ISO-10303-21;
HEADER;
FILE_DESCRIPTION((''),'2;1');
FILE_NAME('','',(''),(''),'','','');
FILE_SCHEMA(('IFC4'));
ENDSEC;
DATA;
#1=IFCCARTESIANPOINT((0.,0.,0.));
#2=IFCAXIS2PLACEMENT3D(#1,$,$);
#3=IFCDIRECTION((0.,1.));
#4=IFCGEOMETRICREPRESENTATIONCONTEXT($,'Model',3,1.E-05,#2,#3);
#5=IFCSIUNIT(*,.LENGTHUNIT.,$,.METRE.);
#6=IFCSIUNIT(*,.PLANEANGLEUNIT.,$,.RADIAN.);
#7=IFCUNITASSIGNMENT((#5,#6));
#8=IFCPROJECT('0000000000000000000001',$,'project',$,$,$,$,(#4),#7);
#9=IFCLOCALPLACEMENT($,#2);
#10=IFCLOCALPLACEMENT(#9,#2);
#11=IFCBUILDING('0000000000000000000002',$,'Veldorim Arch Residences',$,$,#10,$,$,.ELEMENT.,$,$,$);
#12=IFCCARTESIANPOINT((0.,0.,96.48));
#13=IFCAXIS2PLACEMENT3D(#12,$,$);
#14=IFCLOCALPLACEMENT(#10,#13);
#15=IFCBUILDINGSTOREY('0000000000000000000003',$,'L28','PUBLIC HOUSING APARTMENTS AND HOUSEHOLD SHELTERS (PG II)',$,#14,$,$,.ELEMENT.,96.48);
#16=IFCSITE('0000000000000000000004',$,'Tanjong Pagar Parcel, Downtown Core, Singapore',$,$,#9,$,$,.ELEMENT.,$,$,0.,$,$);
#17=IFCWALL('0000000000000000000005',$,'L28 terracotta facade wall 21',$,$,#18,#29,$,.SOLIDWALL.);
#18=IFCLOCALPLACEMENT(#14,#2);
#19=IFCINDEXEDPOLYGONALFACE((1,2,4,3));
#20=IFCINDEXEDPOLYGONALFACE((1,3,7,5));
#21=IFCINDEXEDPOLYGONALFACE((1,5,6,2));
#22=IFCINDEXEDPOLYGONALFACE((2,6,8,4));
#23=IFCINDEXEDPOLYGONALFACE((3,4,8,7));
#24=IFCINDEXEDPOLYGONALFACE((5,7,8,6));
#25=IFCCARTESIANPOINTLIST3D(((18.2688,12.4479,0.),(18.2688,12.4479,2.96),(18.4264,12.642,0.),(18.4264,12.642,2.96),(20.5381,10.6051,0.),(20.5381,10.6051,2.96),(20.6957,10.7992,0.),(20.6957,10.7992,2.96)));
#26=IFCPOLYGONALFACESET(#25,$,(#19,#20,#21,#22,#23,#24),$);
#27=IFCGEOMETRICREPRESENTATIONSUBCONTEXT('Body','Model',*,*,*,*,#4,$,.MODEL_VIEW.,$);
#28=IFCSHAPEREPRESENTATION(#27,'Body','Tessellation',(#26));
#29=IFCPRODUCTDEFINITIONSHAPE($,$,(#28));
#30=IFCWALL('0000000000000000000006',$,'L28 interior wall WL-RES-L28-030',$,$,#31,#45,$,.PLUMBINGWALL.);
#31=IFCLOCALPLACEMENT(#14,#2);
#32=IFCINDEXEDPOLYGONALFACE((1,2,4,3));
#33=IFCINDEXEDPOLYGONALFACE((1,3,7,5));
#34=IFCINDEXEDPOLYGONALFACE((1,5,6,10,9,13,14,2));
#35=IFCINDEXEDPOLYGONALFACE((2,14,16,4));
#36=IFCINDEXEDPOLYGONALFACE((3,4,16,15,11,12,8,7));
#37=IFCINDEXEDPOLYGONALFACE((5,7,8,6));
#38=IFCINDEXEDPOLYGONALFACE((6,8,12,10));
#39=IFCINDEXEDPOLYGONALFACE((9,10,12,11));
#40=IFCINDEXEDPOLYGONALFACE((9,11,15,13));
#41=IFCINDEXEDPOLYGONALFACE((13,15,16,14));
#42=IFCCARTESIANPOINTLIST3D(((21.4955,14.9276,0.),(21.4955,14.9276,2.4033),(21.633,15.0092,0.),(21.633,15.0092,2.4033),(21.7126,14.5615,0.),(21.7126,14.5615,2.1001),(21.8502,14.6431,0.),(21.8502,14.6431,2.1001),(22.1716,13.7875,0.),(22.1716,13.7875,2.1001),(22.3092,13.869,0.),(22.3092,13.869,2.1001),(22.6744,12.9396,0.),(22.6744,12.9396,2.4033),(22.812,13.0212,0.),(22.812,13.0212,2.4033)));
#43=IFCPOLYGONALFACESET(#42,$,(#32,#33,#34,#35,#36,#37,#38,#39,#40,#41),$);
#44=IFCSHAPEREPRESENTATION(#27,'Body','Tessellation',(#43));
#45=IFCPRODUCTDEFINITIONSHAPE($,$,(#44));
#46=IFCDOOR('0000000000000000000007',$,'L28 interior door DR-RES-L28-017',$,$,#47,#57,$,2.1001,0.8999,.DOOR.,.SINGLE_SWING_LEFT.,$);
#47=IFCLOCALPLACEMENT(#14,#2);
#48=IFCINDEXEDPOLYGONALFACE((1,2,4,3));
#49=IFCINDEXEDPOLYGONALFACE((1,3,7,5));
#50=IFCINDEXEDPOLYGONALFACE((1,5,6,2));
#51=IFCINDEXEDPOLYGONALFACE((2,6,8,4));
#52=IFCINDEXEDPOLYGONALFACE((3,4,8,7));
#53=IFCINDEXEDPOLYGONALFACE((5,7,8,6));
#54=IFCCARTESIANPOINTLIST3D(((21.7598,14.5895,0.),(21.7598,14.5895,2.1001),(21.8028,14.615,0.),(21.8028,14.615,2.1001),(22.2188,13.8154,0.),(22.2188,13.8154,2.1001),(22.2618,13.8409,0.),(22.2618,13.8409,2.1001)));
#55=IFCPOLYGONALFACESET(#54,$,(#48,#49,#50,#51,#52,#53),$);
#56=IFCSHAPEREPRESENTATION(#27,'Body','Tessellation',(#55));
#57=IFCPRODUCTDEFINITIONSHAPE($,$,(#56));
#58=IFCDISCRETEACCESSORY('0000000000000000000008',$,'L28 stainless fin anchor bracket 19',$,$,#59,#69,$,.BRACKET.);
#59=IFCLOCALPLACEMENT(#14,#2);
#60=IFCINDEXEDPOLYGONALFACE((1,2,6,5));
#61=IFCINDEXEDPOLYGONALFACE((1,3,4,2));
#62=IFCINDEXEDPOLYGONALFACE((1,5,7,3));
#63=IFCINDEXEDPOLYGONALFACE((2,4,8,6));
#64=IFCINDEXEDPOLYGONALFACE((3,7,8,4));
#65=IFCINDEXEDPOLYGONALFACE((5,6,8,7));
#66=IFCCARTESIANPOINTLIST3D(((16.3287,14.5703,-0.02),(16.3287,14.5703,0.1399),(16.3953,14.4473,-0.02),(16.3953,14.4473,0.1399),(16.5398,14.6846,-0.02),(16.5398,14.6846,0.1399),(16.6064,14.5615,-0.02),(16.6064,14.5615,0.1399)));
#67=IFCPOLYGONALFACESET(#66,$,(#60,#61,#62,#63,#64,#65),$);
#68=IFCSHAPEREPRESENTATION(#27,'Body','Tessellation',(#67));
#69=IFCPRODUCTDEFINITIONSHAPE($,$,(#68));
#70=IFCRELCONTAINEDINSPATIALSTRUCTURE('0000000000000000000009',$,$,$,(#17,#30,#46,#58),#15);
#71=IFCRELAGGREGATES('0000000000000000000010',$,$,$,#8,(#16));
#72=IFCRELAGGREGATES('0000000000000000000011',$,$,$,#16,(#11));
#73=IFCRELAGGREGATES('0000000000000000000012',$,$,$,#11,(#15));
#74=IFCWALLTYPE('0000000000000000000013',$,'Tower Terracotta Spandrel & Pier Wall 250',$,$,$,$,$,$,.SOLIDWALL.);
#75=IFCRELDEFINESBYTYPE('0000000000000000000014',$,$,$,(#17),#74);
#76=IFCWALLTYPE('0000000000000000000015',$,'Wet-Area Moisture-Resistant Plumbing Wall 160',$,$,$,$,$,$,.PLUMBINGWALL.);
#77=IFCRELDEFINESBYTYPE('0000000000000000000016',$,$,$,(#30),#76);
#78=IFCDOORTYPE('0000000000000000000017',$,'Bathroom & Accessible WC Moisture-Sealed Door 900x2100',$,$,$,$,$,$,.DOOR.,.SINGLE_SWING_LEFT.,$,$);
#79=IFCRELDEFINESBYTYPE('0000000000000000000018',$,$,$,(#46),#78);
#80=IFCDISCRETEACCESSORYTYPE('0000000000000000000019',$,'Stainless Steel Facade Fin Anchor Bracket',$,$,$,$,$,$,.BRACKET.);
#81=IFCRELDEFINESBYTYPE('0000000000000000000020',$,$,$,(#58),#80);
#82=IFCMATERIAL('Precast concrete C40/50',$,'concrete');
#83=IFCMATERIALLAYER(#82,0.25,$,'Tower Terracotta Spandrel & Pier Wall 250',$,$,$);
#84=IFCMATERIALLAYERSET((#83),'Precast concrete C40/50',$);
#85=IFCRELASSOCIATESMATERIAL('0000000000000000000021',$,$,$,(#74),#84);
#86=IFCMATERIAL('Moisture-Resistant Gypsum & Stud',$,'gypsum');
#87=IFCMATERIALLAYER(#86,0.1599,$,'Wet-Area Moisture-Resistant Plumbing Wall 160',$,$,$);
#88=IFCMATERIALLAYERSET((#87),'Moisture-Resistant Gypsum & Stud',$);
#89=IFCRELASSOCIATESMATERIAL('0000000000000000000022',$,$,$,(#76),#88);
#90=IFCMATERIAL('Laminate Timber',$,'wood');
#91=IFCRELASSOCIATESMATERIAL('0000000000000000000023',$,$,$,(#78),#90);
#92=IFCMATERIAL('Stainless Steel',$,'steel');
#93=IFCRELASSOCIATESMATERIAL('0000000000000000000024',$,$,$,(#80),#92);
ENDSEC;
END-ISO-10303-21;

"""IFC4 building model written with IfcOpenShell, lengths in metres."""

from ifc_helpers import new_model, si_unit, direction, frame, frame_2d, origin, origin_2d, place, context, subcontext, project, spatial, rectangle, extrude, material, layer, layer_set, type_object, element, fill, save


model = new_model("IFC4")

# Units and contexts
model_context = context("Model", 3, precision=1e-05, world=origin(), true_north=direction((0.0, 1.0)))
body_context = subcontext(model_context, "Body", "Model", "MODEL_VIEW")
ifc_project = project(units=[si_unit("LENGTHUNIT", "METRE"), si_unit("PLANEANGLEUNIT", "RADIAN")], contexts=[model_context])

# Site, building, storey
site_placement = place(None, origin())
site = spatial("IfcSite", under=ifc_project, at=site_placement, Name="Tanjong Pagar Parcel, Downtown Core, Singapore", CompositionType="ELEMENT", RefElevation=0.0)
building_placement = place(site_placement, origin())
building = spatial("IfcBuilding", under=site, at=building_placement, Name="Veldorim Arch Residences", CompositionType="ELEMENT")
storey_placement = place(building_placement, frame((0.0, 0.0, 96.48)))
storey = spatial("IfcBuildingStorey", under=building, at=storey_placement, Name="L28", Description="PUBLIC HOUSING APARTMENTS AND HOUSEHOLD SHELTERS (PG II)", CompositionType="ELEMENT", Elevation=96.48)

# Shared definitions
ifc_material_1 = material(Name="Precast concrete C40/50", Category="concrete")
ifc_layer_1 = layer(ifc_material_1, 0.25, Name="Tower Terracotta Spandrel & Pier Wall 250")
ifc_layer_set_1 = layer_set([ifc_layer_1], Name="Precast concrete C40/50")
wall_type_1 = type_object("IfcWallType", Name="Tower Terracotta Spandrel & Pier Wall 250", PredefinedType="SOLIDWALL", material=ifc_layer_set_1)

# Wall
wall_1_placement = place(storey_placement, frame((20.6169, 10.7021, 0.0), z_axis=(0.0, 0.0, 1.0), x_axis=(-0.776285, 0.630382, 0.0)))
element("IfcWall", 1, at=wall_1_placement, inside=storey, type_object=wall_type_1, Name="L28 terracotta facade wall 21", PredefinedType="SOLIDWALL", context=body_context, shape_type="SweptSolid", body=[
    extrude(rectangle(XDim=2.9233, YDim=0.25, at=frame_2d((1.4617, 0.0))), origin(), (0.0, 0.0, 1.0), 2.96),
])

# Wall, opening, door
ifc_material_2 = material(Name="Moisture-Resistant Gypsum & Stud", Category="gypsum")
ifc_layer_2 = layer(ifc_material_2, 0.1599, Name="Wet-Area Moisture-Resistant Plumbing Wall 160")
ifc_layer_set_2 = layer_set([ifc_layer_2], Name="Moisture-Resistant Gypsum & Stud")
wall_type_2 = type_object("IfcWallType", Name="Wet-Area Moisture-Resistant Plumbing Wall 160", PredefinedType="PLUMBINGWALL", material=ifc_layer_set_2)
wall_2_placement = place(storey_placement, frame((21.5642, 14.9685, 0.0), z_axis=(0.0, 0.0, 1.0), x_axis=(0.510077, -0.860128, 0.0)))
wall_2 = element("IfcWall", 2, at=wall_2_placement, inside=storey, type_object=wall_type_2, Name="L28 interior wall WL-RES-L28-030", PredefinedType="PLUMBINGWALL", context=body_context, shape_type="SweptSolid", body=[
    extrude(rectangle(XDim=2.3113, YDim=0.1599, at=frame_2d((1.1558, 0.0))), origin(), (0.0, 0.0, 1.0), 2.4033),
])
opening_1_placement = place(wall_2_placement, frame((0.4258, 0.0, 0.0)))
opening_1 = element("IfcOpeningElement", 3, at=opening_1_placement, cuts=wall_2, PredefinedType="OPENING", context=body_context, shape_type="SweptSolid", body=[
    extrude(rectangle(XDim=0.8999, YDim=2.1001, at=frame_2d((0.45, 1.05))), frame((0.0, 0.0898, 0.0), z_axis=(0.0, -1.0, 0.0), x_axis=(1.0, 0.0, 0.0)), (0.0, 0.0, 1.0), 0.1799),
])
ifc_material_3 = material(Name="Laminate Timber", Category="wood")
door_type_1 = type_object("IfcDoorType", Name="Bathroom & Accessible WC Moisture-Sealed Door 900x2100", OperationType="SINGLE_SWING_LEFT", PredefinedType="DOOR", material=ifc_material_3)
door_1_placement = place(opening_1_placement, origin())
door_1 = element("IfcDoor", 4, at=door_1_placement, inside=storey, type_object=door_type_1, Name="L28 interior door DR-RES-L28-017", OperationType="SINGLE_SWING_LEFT", OverallHeight=2.1001, OverallWidth=0.8999, PredefinedType="DOOR", context=body_context, shape_type="SweptSolid", body=[
    extrude(rectangle(XDim=0.8999, YDim=2.1001, at=frame_2d((0.45, 1.05))), frame((0.0, 0.0249, 0.0), z_axis=(0.0, -1.0, 0.0), x_axis=(1.0, 0.0, 0.0)), (0.0, 0.0, 1.0), 0.05),
])
fill(opening_1, door_1)

# Discrete accessory
ifc_material_4 = material(Name="Stainless Steel", Category="steel")
discrete_accessory_type = type_object("IfcDiscreteAccessoryType", Name="Stainless Steel Facade Fin Anchor Bracket", PredefinedType="BRACKET", material=ifc_material_4)
discrete_accessory_placement = place(storey_placement, frame((16.4675, 14.5659, -0.02), z_axis=(0.0, 0.0, 1.0), x_axis=(-0.476085, 0.879399, 0.0)))
element("IfcDiscreteAccessory", 5, at=discrete_accessory_placement, inside=storey, type_object=discrete_accessory_type, Name="L28 stainless fin anchor bracket 19", PredefinedType="BRACKET", context=body_context, shape_type="SweptSolid", body=[
    extrude(rectangle(XDim=0.1399, YDim=0.24, at=origin_2d()), origin(), (0.0, 0.0, 1.0), 0.1599),
])

save(model, "model.ifc")
